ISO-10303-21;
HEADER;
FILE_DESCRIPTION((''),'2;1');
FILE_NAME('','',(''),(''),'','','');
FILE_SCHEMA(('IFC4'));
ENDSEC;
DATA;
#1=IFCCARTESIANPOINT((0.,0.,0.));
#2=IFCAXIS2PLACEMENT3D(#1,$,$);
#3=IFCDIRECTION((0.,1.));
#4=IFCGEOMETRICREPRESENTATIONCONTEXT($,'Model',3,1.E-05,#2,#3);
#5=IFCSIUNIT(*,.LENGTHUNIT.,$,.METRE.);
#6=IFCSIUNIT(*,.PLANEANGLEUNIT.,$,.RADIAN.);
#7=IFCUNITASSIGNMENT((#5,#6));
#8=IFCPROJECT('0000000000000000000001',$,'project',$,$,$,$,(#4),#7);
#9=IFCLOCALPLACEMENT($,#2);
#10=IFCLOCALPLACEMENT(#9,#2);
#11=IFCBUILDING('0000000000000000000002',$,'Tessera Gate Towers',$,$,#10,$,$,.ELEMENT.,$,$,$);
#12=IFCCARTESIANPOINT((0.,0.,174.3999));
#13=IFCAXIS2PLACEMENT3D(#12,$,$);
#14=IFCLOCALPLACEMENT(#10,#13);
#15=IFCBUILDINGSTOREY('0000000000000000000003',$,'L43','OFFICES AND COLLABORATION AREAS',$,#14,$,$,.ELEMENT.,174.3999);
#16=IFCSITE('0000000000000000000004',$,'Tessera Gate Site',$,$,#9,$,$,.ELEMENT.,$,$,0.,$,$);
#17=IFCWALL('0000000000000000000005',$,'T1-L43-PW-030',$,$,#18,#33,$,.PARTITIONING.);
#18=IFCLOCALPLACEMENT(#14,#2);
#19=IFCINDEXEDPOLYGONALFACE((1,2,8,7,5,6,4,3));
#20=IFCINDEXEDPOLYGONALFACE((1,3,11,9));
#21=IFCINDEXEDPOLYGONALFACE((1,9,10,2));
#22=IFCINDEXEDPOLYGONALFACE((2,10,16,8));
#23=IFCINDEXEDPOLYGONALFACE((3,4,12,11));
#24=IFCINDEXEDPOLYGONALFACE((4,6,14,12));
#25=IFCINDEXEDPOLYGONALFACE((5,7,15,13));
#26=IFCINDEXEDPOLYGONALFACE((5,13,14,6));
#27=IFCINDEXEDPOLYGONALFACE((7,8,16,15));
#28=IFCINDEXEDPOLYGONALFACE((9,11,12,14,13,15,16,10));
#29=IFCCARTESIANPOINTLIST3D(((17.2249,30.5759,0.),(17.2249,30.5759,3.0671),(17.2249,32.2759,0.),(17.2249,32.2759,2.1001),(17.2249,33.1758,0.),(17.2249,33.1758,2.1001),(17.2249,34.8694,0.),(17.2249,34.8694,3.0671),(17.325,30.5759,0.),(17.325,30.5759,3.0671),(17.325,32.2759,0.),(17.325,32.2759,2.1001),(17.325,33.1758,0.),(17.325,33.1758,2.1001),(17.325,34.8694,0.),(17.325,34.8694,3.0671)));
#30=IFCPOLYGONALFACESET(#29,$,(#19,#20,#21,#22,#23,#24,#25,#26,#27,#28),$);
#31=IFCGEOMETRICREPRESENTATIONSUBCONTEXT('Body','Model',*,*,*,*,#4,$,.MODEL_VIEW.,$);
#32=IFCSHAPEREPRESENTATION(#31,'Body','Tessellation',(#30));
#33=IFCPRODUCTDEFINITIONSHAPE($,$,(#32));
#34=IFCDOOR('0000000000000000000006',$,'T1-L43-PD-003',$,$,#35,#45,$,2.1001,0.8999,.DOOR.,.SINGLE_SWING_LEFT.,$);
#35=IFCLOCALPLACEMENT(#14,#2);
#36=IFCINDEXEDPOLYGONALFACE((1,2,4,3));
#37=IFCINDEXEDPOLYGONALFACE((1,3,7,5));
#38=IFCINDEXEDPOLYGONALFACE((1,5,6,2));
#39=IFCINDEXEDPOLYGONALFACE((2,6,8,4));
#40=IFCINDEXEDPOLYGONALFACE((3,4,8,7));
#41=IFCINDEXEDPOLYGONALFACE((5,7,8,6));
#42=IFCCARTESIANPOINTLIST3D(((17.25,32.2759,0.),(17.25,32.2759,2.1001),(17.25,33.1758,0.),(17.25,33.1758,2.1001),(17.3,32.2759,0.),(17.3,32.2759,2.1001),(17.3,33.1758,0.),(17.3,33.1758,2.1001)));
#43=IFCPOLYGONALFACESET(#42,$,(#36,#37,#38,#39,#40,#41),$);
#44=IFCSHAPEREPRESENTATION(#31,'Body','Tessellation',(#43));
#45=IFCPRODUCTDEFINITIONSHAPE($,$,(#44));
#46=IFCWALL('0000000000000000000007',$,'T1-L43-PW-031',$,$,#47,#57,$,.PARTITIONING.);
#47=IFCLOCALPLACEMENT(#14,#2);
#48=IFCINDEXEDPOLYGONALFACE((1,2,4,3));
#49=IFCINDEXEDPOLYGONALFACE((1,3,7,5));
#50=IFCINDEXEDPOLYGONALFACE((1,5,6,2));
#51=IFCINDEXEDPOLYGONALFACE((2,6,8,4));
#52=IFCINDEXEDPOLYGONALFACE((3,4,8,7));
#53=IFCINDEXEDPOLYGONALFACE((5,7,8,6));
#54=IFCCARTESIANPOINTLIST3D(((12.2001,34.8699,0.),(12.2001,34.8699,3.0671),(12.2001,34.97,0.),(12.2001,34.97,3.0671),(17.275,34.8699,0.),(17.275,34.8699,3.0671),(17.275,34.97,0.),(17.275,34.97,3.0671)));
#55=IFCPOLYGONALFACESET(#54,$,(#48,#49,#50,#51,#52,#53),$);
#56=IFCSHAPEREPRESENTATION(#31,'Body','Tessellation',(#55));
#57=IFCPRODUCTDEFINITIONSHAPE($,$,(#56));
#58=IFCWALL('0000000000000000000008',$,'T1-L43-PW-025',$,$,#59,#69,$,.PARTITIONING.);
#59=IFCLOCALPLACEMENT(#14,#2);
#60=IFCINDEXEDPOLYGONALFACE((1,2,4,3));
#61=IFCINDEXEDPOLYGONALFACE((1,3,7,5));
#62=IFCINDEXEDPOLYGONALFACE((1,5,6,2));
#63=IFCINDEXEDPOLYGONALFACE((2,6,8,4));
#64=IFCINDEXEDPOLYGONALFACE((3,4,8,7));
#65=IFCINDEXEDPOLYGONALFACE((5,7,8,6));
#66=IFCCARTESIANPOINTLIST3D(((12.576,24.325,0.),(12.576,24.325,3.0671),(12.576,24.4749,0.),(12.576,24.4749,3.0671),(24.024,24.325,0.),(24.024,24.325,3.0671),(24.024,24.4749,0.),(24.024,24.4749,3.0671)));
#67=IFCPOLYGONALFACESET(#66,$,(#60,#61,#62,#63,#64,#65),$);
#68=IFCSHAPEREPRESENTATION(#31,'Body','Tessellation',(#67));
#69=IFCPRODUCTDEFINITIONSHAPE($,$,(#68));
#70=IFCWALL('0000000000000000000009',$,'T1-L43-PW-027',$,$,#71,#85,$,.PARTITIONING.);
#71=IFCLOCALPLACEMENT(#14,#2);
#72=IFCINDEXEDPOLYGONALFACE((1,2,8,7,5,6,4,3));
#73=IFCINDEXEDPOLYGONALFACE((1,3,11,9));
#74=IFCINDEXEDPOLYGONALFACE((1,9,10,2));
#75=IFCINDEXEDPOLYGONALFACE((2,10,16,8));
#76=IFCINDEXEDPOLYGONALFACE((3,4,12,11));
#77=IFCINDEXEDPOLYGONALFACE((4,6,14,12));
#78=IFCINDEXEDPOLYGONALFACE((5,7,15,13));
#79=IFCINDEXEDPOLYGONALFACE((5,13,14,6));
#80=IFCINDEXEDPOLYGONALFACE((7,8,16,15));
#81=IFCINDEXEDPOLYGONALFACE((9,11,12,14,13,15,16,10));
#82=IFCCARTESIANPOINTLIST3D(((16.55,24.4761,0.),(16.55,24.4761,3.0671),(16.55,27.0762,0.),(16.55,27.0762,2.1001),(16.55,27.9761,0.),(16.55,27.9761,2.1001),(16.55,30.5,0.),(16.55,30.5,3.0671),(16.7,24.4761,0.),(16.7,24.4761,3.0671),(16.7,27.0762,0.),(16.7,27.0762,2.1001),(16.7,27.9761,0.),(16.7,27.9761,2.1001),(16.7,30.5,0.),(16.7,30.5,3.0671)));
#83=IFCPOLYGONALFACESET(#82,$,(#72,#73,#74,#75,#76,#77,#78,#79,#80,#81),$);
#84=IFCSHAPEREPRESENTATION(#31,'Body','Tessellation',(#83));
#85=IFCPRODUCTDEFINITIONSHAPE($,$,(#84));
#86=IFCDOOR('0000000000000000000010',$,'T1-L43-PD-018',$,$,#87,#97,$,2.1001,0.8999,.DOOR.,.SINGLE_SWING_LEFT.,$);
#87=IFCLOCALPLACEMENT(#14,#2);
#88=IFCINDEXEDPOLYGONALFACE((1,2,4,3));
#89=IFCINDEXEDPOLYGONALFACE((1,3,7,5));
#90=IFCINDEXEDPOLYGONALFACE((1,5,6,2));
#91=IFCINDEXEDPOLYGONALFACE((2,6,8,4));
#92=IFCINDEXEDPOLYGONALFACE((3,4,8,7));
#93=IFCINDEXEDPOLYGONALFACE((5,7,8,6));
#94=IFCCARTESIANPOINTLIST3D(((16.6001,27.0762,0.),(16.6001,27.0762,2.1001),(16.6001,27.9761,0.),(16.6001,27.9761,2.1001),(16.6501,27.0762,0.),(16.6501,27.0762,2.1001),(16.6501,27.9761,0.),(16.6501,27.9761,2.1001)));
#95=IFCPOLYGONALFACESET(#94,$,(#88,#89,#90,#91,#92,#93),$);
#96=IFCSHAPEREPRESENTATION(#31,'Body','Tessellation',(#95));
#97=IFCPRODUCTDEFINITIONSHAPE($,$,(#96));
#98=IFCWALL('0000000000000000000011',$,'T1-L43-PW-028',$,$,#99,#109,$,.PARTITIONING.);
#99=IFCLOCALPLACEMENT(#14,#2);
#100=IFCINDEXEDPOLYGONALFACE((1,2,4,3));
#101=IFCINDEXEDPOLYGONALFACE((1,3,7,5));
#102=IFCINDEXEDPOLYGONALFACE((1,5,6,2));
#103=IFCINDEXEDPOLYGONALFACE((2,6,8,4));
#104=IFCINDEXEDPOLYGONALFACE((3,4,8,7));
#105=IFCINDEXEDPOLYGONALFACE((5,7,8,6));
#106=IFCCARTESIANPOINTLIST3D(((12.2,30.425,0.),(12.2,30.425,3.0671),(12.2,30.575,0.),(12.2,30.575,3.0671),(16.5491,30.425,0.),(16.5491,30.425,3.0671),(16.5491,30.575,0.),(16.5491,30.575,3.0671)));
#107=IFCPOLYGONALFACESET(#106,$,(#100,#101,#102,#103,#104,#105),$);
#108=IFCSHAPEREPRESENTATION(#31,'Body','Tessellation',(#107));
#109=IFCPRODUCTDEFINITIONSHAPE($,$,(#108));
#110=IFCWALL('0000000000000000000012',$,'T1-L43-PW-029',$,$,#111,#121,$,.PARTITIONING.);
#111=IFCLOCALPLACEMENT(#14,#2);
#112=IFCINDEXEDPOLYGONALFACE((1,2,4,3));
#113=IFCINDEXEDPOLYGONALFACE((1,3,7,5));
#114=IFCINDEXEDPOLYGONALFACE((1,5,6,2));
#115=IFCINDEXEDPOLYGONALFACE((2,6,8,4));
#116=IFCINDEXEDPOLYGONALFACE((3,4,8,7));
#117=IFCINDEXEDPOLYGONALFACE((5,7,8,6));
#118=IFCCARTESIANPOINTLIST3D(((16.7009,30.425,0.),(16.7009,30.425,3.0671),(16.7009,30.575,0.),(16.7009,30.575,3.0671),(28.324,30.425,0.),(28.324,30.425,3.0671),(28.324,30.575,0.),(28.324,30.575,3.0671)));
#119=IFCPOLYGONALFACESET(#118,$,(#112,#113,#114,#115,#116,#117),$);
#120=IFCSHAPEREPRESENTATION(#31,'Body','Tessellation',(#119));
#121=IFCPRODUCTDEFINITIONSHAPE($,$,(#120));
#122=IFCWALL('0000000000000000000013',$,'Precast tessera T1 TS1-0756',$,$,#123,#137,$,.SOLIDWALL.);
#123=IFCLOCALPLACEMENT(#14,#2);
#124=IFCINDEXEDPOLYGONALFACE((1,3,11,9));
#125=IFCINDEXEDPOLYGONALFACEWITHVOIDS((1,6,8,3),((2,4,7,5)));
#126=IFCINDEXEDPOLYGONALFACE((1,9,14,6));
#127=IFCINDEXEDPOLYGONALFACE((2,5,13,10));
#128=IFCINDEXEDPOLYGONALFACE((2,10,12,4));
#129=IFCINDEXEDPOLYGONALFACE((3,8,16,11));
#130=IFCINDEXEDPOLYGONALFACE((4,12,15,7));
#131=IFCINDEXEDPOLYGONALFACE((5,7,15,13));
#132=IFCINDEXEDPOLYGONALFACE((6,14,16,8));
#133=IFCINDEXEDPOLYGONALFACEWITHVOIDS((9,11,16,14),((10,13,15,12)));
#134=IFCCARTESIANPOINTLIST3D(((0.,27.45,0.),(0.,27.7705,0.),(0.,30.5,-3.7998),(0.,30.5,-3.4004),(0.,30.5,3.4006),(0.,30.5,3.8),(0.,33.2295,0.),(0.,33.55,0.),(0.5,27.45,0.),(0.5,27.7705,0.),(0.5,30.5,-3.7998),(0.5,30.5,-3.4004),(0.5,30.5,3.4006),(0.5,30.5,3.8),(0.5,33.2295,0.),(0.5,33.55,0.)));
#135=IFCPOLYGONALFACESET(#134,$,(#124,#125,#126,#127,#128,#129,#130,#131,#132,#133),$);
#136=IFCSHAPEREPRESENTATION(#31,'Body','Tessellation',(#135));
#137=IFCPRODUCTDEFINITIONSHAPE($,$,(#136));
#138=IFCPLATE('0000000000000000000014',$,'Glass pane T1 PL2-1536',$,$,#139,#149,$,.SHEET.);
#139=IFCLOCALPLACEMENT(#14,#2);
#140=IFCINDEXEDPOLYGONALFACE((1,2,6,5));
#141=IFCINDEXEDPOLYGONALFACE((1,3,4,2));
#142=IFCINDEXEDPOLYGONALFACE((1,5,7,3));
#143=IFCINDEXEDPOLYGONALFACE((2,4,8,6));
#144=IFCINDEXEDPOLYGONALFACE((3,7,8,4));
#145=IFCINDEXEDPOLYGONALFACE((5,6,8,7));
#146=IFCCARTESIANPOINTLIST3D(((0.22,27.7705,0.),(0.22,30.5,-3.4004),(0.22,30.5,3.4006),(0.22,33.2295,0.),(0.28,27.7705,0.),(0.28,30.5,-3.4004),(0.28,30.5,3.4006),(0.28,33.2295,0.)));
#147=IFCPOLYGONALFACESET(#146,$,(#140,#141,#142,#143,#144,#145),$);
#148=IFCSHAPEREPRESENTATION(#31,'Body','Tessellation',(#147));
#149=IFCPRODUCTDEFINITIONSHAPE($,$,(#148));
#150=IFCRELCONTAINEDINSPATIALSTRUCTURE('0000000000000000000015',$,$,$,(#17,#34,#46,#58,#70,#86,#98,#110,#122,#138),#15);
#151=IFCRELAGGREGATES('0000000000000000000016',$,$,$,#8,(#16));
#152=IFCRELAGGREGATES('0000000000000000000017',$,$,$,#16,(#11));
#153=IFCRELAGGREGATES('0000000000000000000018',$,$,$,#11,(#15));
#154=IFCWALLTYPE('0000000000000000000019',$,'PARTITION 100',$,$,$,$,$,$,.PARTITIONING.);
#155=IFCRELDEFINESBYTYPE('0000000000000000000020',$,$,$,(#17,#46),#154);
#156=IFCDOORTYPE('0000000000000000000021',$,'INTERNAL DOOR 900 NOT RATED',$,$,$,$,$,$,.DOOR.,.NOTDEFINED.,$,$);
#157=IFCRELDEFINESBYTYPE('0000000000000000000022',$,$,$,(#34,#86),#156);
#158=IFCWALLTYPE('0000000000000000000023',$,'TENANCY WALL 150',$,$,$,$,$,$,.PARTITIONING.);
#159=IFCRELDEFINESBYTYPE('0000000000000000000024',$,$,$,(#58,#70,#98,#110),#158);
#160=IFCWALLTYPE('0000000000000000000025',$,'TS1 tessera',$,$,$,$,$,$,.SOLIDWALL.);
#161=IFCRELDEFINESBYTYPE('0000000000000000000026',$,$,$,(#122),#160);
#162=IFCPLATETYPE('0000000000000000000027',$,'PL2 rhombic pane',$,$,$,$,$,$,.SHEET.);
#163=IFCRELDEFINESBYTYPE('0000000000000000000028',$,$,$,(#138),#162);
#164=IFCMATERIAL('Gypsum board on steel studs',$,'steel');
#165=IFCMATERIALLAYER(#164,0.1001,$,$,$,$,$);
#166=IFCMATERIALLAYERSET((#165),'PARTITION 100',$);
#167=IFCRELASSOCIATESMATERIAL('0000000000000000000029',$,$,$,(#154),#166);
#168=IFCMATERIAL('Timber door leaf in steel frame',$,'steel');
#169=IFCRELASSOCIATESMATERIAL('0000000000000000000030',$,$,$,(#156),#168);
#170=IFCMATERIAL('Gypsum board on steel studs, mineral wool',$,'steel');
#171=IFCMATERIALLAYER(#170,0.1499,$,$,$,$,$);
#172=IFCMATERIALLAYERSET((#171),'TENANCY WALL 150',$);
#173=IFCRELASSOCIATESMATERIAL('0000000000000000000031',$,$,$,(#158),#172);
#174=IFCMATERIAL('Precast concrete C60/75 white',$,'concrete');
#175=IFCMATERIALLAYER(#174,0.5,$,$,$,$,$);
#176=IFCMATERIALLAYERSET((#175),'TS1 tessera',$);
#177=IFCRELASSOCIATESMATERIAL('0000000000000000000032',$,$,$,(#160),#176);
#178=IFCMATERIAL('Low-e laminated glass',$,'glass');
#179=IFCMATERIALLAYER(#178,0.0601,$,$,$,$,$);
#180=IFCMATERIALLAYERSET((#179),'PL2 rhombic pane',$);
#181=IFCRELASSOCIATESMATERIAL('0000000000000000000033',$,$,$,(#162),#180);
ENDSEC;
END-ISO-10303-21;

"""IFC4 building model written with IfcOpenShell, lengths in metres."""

from ifc_helpers import new_model, si_unit, direction, frame, frame_2d, origin, place, context, subcontext, project, spatial, polyline, rectangle, outline, extrude, source, transform, mapped, material, layer, layer_set, type_object, element, fill, save


model = new_model("IFC4")

# Units and contexts
model_context = context("Model", 3, precision=1e-05, world=origin(), true_north=direction((0.0, 1.0)))
body_context = subcontext(model_context, "Body", "Model", "MODEL_VIEW")
ifc_project = project(units=[si_unit("LENGTHUNIT", "METRE"), si_unit("PLANEANGLEUNIT", "RADIAN")], contexts=[model_context])

# Site, building, storey
site_placement = place(None, origin())
site = spatial("IfcSite", under=ifc_project, at=site_placement, Name="Tessera Gate Site", CompositionType="ELEMENT", RefElevation=0.0)
building_placement = place(site_placement, origin())
building = spatial("IfcBuilding", under=site, at=building_placement, Name="Tessera Gate Towers", CompositionType="ELEMENT")
storey_placement = place(building_placement, frame((0.0, 0.0, 174.3999)))
storey = spatial("IfcBuildingStorey", under=building, at=storey_placement, Name="L43", Description="OFFICES AND COLLABORATION AREAS", CompositionType="ELEMENT", Elevation=174.3999)

# Wall, opening, door
shared_shape_1 = source(origin(), body_context, "Body", "SweptSolid", [
    extrude(rectangle(XDim=0.8999, YDim=2.1001, at=frame_2d((0.45, 1.05))), frame((0.0, 0.0601, 0.0), z_axis=(0.0, -1.0, 0.0), x_axis=(1.0, 0.0, 0.0)), (0.0, 0.0, 1.0), 0.1201),
])
shared_shape_2 = source(origin(), body_context, "Body", "SweptSolid", [
    extrude(rectangle(XDim=0.8999, YDim=2.1001, at=frame_2d((0.45, 1.05))), frame((0.0, 0.0249, 0.0), z_axis=(0.0, -1.0, 0.0), x_axis=(1.0, 0.0, 0.0)), (0.0, 0.0, 1.0), 0.05),
])
ifc_material_1 = material(Name="Gypsum board on steel studs", Category="steel")
ifc_layer_1 = layer(ifc_material_1, 0.1001)
ifc_layer_set_1 = layer_set([ifc_layer_1], Name="PARTITION 100")
wall_type_1 = type_object("IfcWallType", Name="PARTITION 100", PredefinedType="PARTITIONING", material=ifc_layer_set_1)
wall_1_placement = place(storey_placement, frame((17.2749, 30.5759, 0.0), z_axis=(0.0, 0.0, 1.0), x_axis=(0.0, 1.0, 0.0)))
wall_1 = element("IfcWall", 1, at=wall_1_placement, inside=storey, type_object=wall_type_1, Name="T1-L43-PW-030", PredefinedType="PARTITIONING", context=body_context, shape_type="SweptSolid", body=[
    extrude(rectangle(XDim=4.2935, YDim=0.1001, at=frame_2d((2.1467, 0.0))), origin(), (0.0, 0.0, 1.0), 3.0671),
])
opening_1_placement = place(wall_1_placement, frame((1.7, 0.0, 0.0)))
opening_1 = element("IfcOpeningElement", 2, at=opening_1_placement, cuts=wall_1, PredefinedType="OPENING", context=body_context, shape_type="MappedRepresentation", body=[
    mapped(shared_shape_1, transform((0.0, 0.0, 0.0), scale=1.0)),
])
ifc_material_2 = material(Name="Timber door leaf in steel frame", Category="steel")
door_type_1 = type_object("IfcDoorType", Name="INTERNAL DOOR 900 NOT RATED", OperationType="NOTDEFINED", PredefinedType="DOOR", material=ifc_material_2)
door_1_placement = place(opening_1_placement, origin())
door_1 = element("IfcDoor", 3, at=door_1_placement, inside=storey, type_object=door_type_1, Name="T1-L43-PD-003", OperationType="SINGLE_SWING_LEFT", OverallHeight=2.1001, OverallWidth=0.8999, PredefinedType="DOOR", context=body_context, shape_type="MappedRepresentation", body=[
    mapped(shared_shape_2, transform((0.0, 0.0, 0.0), scale=1.0)),
])
fill(opening_1, door_1)

# Walls
wall_2_placement = place(storey_placement, frame((12.2, 34.9199, 0.0), z_axis=(0.0, 0.0, 1.0), x_axis=(1.0, 0.0, 0.0)))
element("IfcWall", 4, at=wall_2_placement, inside=storey, type_object=wall_type_1, Name="T1-L43-PW-031", PredefinedType="PARTITIONING", context=body_context, shape_type="SweptSolid", body=[
    extrude(rectangle(XDim=5.075, YDim=0.1001, at=frame_2d((2.5376, 0.0))), origin(), (0.0, 0.0, 1.0), 3.0671),
])
ifc_material_3 = material(Name="Gypsum board on steel studs, mineral wool", Category="steel")
ifc_layer_2 = layer(ifc_material_3, 0.1499)
ifc_layer_set_2 = layer_set([ifc_layer_2], Name="TENANCY WALL 150")
wall_type_2 = type_object("IfcWallType", Name="TENANCY WALL 150", PredefinedType="PARTITIONING", material=ifc_layer_set_2)
wall_3_placement = place(storey_placement, frame((12.5759, 24.3999, 0.0), z_axis=(0.0, 0.0, 1.0), x_axis=(1.0, 0.0, 0.0)))
element("IfcWall", 5, at=wall_3_placement, inside=storey, type_object=wall_type_2, Name="T1-L43-PW-025", PredefinedType="PARTITIONING", context=body_context, shape_type="SweptSolid", body=[
    extrude(rectangle(XDim=11.448, YDim=0.1499, at=frame_2d((5.7241, 0.0))), origin(), (0.0, 0.0, 1.0), 3.0671),
])

# Wall, opening, door
wall_4_placement = place(storey_placement, frame((16.625, 24.4761, 0.0), z_axis=(0.0, 0.0, 1.0), x_axis=(0.0, 1.0, 0.0)))
wall_4 = element("IfcWall", 6, at=wall_4_placement, inside=storey, type_object=wall_type_2, Name="T1-L43-PW-027", PredefinedType="PARTITIONING", context=body_context, shape_type="SweptSolid", body=[
    extrude(rectangle(XDim=6.0239, YDim=0.1499, at=frame_2d((3.012, 0.0))), origin(), (0.0, 0.0, 1.0), 3.0671),
])
shared_shape_3 = source(origin(), body_context, "Body", "SweptSolid", [
    extrude(rectangle(XDim=0.8999, YDim=2.1001, at=frame_2d((0.45, 1.05))), frame((0.0, 0.085, 0.0), z_axis=(0.0, -1.0, 0.0), x_axis=(1.0, 0.0, 0.0)), (0.0, 0.0, 1.0), 0.1699),
])
opening_2_placement = place(wall_4_placement, frame((2.6001, 0.0, 0.0)))
opening_2 = element("IfcOpeningElement", 7, at=opening_2_placement, cuts=wall_4, PredefinedType="OPENING", context=body_context, shape_type="MappedRepresentation", body=[
    mapped(shared_shape_3, transform((0.0, 0.0, 0.0), scale=1.0)),
])
door_2_placement = place(opening_2_placement, origin())
door_2 = element("IfcDoor", 8, at=door_2_placement, inside=storey, type_object=door_type_1, Name="T1-L43-PD-018", OperationType="SINGLE_SWING_LEFT", OverallHeight=2.1001, OverallWidth=0.8999, PredefinedType="DOOR", context=body_context, shape_type="MappedRepresentation", body=[
    mapped(shared_shape_2, transform((0.0, 0.0, 0.0), scale=1.0)),
])
fill(opening_2, door_2)

# Walls
wall_5_placement = place(storey_placement, frame((12.2, 30.5, 0.0), z_axis=(0.0, 0.0, 1.0), x_axis=(1.0, 0.0, 0.0)))
element("IfcWall", 9, at=wall_5_placement, inside=storey, type_object=wall_type_2, Name="T1-L43-PW-028", PredefinedType="PARTITIONING", context=body_context, shape_type="SweptSolid", body=[
    extrude(rectangle(XDim=4.3491, YDim=0.1499, at=frame_2d((2.1746, 0.0))), origin(), (0.0, 0.0, 1.0), 3.0671),
])
wall_6_placement = place(storey_placement, frame((16.7009, 30.5, 0.0), z_axis=(0.0, 0.0, 1.0), x_axis=(1.0, 0.0, 0.0)))
element("IfcWall", 10, at=wall_6_placement, inside=storey, type_object=wall_type_2, Name="T1-L43-PW-029", PredefinedType="PARTITIONING", context=body_context, shape_type="SweptSolid", body=[
    extrude(rectangle(XDim=11.623, YDim=0.1499, at=frame_2d((5.8115, 0.0))), origin(), (0.0, 0.0, 1.0), 3.0671),
])

# Wall, opening, plate
ifc_material_4 = material(Name="Precast concrete C60/75 white", Category="concrete")
ifc_layer_3 = layer(ifc_material_4, 0.5)
ifc_layer_set_3 = layer_set([ifc_layer_3], Name="TS1 tessera")
wall_type_3 = type_object("IfcWallType", Name="TS1 tessera", PredefinedType="SOLIDWALL", material=ifc_layer_set_3)
shared_shape_4 = source(origin(), body_context, "Body", "SweptSolid", [
    extrude(outline(polyline([(3.05, 0.0), (6.1001, 3.7998), (3.05, 7.5999), (0.0, 3.7998), (3.05, 0.0)])), frame((0.0, 0.25, 0.0), z_axis=(0.0, -1.0, 0.0), x_axis=(1.0, 0.0, 0.0)), (0.0, 0.0, 1.0), 0.5),
])
wall_7_placement = place(storey_placement, frame((0.25, 33.55, -3.7998), z_axis=(0.0, 0.0, 1.0), x_axis=(0.0, -1.0, 0.0)))
wall_7 = element("IfcWall", 11, at=wall_7_placement, inside=storey, type_object=wall_type_3, Name="Precast tessera T1 TS1-0756", PredefinedType="SOLIDWALL", context=body_context, shape_type="MappedRepresentation", body=[
    mapped(shared_shape_4, transform((0.0, 0.0, 0.0), scale=1.0)),
])
shared_shape_5 = source(origin(), body_context, "Body", "SweptSolid", [
    extrude(outline(polyline([(3.05, 0.3994), (5.7795, 3.7998), (3.05, 7.2004), (0.3206, 3.7998), (3.05, 0.3994)])), frame((0.0, 0.26, 0.0), z_axis=(0.0, -1.0, 0.0), x_axis=(1.0, 0.0, 0.0)), (0.0, 0.0, 1.0), 0.52),
])
opening_3_placement = place(wall_7_placement, origin())
opening_3 = element("IfcOpeningElement", 12, at=opening_3_placement, cuts=wall_7, PredefinedType="OPENING", context=body_context, shape_type="MappedRepresentation", body=[
    mapped(shared_shape_5, transform((0.0, 0.0, 0.0), scale=1.0)),
])
ifc_material_5 = material(Name="Low-e laminated glass", Category="glass")
ifc_layer_4 = layer(ifc_material_5, 0.0601)
ifc_layer_set_4 = layer_set([ifc_layer_4], Name="PL2 rhombic pane")
plate_type = type_object("IfcPlateType", Name="PL2 rhombic pane", PredefinedType="SHEET", material=ifc_layer_set_4)
shared_shape_6 = source(origin(), body_context, "Body", "SweptSolid", [
    extrude(outline(polyline([(3.05, 0.3994), (5.7795, 3.7998), (3.05, 7.2004), (0.3206, 3.7998), (3.05, 0.3994)])), frame((0.0, 0.03, 0.0), z_axis=(0.0, -1.0, 0.0), x_axis=(1.0, 0.0, 0.0)), (0.0, 0.0, 1.0), 0.0601),
])
plate_placement = place(opening_3_placement, origin())
plate = element("IfcPlate", 13, at=plate_placement, inside=storey, type_object=plate_type, Name="Glass pane T1 PL2-1536", PredefinedType="SHEET", context=body_context, shape_type="MappedRepresentation", body=[
    mapped(shared_shape_6, transform((0.0, 0.0, 0.0), scale=1.0)),
])
fill(opening_3, plate)

save(model, "model.ifc")
